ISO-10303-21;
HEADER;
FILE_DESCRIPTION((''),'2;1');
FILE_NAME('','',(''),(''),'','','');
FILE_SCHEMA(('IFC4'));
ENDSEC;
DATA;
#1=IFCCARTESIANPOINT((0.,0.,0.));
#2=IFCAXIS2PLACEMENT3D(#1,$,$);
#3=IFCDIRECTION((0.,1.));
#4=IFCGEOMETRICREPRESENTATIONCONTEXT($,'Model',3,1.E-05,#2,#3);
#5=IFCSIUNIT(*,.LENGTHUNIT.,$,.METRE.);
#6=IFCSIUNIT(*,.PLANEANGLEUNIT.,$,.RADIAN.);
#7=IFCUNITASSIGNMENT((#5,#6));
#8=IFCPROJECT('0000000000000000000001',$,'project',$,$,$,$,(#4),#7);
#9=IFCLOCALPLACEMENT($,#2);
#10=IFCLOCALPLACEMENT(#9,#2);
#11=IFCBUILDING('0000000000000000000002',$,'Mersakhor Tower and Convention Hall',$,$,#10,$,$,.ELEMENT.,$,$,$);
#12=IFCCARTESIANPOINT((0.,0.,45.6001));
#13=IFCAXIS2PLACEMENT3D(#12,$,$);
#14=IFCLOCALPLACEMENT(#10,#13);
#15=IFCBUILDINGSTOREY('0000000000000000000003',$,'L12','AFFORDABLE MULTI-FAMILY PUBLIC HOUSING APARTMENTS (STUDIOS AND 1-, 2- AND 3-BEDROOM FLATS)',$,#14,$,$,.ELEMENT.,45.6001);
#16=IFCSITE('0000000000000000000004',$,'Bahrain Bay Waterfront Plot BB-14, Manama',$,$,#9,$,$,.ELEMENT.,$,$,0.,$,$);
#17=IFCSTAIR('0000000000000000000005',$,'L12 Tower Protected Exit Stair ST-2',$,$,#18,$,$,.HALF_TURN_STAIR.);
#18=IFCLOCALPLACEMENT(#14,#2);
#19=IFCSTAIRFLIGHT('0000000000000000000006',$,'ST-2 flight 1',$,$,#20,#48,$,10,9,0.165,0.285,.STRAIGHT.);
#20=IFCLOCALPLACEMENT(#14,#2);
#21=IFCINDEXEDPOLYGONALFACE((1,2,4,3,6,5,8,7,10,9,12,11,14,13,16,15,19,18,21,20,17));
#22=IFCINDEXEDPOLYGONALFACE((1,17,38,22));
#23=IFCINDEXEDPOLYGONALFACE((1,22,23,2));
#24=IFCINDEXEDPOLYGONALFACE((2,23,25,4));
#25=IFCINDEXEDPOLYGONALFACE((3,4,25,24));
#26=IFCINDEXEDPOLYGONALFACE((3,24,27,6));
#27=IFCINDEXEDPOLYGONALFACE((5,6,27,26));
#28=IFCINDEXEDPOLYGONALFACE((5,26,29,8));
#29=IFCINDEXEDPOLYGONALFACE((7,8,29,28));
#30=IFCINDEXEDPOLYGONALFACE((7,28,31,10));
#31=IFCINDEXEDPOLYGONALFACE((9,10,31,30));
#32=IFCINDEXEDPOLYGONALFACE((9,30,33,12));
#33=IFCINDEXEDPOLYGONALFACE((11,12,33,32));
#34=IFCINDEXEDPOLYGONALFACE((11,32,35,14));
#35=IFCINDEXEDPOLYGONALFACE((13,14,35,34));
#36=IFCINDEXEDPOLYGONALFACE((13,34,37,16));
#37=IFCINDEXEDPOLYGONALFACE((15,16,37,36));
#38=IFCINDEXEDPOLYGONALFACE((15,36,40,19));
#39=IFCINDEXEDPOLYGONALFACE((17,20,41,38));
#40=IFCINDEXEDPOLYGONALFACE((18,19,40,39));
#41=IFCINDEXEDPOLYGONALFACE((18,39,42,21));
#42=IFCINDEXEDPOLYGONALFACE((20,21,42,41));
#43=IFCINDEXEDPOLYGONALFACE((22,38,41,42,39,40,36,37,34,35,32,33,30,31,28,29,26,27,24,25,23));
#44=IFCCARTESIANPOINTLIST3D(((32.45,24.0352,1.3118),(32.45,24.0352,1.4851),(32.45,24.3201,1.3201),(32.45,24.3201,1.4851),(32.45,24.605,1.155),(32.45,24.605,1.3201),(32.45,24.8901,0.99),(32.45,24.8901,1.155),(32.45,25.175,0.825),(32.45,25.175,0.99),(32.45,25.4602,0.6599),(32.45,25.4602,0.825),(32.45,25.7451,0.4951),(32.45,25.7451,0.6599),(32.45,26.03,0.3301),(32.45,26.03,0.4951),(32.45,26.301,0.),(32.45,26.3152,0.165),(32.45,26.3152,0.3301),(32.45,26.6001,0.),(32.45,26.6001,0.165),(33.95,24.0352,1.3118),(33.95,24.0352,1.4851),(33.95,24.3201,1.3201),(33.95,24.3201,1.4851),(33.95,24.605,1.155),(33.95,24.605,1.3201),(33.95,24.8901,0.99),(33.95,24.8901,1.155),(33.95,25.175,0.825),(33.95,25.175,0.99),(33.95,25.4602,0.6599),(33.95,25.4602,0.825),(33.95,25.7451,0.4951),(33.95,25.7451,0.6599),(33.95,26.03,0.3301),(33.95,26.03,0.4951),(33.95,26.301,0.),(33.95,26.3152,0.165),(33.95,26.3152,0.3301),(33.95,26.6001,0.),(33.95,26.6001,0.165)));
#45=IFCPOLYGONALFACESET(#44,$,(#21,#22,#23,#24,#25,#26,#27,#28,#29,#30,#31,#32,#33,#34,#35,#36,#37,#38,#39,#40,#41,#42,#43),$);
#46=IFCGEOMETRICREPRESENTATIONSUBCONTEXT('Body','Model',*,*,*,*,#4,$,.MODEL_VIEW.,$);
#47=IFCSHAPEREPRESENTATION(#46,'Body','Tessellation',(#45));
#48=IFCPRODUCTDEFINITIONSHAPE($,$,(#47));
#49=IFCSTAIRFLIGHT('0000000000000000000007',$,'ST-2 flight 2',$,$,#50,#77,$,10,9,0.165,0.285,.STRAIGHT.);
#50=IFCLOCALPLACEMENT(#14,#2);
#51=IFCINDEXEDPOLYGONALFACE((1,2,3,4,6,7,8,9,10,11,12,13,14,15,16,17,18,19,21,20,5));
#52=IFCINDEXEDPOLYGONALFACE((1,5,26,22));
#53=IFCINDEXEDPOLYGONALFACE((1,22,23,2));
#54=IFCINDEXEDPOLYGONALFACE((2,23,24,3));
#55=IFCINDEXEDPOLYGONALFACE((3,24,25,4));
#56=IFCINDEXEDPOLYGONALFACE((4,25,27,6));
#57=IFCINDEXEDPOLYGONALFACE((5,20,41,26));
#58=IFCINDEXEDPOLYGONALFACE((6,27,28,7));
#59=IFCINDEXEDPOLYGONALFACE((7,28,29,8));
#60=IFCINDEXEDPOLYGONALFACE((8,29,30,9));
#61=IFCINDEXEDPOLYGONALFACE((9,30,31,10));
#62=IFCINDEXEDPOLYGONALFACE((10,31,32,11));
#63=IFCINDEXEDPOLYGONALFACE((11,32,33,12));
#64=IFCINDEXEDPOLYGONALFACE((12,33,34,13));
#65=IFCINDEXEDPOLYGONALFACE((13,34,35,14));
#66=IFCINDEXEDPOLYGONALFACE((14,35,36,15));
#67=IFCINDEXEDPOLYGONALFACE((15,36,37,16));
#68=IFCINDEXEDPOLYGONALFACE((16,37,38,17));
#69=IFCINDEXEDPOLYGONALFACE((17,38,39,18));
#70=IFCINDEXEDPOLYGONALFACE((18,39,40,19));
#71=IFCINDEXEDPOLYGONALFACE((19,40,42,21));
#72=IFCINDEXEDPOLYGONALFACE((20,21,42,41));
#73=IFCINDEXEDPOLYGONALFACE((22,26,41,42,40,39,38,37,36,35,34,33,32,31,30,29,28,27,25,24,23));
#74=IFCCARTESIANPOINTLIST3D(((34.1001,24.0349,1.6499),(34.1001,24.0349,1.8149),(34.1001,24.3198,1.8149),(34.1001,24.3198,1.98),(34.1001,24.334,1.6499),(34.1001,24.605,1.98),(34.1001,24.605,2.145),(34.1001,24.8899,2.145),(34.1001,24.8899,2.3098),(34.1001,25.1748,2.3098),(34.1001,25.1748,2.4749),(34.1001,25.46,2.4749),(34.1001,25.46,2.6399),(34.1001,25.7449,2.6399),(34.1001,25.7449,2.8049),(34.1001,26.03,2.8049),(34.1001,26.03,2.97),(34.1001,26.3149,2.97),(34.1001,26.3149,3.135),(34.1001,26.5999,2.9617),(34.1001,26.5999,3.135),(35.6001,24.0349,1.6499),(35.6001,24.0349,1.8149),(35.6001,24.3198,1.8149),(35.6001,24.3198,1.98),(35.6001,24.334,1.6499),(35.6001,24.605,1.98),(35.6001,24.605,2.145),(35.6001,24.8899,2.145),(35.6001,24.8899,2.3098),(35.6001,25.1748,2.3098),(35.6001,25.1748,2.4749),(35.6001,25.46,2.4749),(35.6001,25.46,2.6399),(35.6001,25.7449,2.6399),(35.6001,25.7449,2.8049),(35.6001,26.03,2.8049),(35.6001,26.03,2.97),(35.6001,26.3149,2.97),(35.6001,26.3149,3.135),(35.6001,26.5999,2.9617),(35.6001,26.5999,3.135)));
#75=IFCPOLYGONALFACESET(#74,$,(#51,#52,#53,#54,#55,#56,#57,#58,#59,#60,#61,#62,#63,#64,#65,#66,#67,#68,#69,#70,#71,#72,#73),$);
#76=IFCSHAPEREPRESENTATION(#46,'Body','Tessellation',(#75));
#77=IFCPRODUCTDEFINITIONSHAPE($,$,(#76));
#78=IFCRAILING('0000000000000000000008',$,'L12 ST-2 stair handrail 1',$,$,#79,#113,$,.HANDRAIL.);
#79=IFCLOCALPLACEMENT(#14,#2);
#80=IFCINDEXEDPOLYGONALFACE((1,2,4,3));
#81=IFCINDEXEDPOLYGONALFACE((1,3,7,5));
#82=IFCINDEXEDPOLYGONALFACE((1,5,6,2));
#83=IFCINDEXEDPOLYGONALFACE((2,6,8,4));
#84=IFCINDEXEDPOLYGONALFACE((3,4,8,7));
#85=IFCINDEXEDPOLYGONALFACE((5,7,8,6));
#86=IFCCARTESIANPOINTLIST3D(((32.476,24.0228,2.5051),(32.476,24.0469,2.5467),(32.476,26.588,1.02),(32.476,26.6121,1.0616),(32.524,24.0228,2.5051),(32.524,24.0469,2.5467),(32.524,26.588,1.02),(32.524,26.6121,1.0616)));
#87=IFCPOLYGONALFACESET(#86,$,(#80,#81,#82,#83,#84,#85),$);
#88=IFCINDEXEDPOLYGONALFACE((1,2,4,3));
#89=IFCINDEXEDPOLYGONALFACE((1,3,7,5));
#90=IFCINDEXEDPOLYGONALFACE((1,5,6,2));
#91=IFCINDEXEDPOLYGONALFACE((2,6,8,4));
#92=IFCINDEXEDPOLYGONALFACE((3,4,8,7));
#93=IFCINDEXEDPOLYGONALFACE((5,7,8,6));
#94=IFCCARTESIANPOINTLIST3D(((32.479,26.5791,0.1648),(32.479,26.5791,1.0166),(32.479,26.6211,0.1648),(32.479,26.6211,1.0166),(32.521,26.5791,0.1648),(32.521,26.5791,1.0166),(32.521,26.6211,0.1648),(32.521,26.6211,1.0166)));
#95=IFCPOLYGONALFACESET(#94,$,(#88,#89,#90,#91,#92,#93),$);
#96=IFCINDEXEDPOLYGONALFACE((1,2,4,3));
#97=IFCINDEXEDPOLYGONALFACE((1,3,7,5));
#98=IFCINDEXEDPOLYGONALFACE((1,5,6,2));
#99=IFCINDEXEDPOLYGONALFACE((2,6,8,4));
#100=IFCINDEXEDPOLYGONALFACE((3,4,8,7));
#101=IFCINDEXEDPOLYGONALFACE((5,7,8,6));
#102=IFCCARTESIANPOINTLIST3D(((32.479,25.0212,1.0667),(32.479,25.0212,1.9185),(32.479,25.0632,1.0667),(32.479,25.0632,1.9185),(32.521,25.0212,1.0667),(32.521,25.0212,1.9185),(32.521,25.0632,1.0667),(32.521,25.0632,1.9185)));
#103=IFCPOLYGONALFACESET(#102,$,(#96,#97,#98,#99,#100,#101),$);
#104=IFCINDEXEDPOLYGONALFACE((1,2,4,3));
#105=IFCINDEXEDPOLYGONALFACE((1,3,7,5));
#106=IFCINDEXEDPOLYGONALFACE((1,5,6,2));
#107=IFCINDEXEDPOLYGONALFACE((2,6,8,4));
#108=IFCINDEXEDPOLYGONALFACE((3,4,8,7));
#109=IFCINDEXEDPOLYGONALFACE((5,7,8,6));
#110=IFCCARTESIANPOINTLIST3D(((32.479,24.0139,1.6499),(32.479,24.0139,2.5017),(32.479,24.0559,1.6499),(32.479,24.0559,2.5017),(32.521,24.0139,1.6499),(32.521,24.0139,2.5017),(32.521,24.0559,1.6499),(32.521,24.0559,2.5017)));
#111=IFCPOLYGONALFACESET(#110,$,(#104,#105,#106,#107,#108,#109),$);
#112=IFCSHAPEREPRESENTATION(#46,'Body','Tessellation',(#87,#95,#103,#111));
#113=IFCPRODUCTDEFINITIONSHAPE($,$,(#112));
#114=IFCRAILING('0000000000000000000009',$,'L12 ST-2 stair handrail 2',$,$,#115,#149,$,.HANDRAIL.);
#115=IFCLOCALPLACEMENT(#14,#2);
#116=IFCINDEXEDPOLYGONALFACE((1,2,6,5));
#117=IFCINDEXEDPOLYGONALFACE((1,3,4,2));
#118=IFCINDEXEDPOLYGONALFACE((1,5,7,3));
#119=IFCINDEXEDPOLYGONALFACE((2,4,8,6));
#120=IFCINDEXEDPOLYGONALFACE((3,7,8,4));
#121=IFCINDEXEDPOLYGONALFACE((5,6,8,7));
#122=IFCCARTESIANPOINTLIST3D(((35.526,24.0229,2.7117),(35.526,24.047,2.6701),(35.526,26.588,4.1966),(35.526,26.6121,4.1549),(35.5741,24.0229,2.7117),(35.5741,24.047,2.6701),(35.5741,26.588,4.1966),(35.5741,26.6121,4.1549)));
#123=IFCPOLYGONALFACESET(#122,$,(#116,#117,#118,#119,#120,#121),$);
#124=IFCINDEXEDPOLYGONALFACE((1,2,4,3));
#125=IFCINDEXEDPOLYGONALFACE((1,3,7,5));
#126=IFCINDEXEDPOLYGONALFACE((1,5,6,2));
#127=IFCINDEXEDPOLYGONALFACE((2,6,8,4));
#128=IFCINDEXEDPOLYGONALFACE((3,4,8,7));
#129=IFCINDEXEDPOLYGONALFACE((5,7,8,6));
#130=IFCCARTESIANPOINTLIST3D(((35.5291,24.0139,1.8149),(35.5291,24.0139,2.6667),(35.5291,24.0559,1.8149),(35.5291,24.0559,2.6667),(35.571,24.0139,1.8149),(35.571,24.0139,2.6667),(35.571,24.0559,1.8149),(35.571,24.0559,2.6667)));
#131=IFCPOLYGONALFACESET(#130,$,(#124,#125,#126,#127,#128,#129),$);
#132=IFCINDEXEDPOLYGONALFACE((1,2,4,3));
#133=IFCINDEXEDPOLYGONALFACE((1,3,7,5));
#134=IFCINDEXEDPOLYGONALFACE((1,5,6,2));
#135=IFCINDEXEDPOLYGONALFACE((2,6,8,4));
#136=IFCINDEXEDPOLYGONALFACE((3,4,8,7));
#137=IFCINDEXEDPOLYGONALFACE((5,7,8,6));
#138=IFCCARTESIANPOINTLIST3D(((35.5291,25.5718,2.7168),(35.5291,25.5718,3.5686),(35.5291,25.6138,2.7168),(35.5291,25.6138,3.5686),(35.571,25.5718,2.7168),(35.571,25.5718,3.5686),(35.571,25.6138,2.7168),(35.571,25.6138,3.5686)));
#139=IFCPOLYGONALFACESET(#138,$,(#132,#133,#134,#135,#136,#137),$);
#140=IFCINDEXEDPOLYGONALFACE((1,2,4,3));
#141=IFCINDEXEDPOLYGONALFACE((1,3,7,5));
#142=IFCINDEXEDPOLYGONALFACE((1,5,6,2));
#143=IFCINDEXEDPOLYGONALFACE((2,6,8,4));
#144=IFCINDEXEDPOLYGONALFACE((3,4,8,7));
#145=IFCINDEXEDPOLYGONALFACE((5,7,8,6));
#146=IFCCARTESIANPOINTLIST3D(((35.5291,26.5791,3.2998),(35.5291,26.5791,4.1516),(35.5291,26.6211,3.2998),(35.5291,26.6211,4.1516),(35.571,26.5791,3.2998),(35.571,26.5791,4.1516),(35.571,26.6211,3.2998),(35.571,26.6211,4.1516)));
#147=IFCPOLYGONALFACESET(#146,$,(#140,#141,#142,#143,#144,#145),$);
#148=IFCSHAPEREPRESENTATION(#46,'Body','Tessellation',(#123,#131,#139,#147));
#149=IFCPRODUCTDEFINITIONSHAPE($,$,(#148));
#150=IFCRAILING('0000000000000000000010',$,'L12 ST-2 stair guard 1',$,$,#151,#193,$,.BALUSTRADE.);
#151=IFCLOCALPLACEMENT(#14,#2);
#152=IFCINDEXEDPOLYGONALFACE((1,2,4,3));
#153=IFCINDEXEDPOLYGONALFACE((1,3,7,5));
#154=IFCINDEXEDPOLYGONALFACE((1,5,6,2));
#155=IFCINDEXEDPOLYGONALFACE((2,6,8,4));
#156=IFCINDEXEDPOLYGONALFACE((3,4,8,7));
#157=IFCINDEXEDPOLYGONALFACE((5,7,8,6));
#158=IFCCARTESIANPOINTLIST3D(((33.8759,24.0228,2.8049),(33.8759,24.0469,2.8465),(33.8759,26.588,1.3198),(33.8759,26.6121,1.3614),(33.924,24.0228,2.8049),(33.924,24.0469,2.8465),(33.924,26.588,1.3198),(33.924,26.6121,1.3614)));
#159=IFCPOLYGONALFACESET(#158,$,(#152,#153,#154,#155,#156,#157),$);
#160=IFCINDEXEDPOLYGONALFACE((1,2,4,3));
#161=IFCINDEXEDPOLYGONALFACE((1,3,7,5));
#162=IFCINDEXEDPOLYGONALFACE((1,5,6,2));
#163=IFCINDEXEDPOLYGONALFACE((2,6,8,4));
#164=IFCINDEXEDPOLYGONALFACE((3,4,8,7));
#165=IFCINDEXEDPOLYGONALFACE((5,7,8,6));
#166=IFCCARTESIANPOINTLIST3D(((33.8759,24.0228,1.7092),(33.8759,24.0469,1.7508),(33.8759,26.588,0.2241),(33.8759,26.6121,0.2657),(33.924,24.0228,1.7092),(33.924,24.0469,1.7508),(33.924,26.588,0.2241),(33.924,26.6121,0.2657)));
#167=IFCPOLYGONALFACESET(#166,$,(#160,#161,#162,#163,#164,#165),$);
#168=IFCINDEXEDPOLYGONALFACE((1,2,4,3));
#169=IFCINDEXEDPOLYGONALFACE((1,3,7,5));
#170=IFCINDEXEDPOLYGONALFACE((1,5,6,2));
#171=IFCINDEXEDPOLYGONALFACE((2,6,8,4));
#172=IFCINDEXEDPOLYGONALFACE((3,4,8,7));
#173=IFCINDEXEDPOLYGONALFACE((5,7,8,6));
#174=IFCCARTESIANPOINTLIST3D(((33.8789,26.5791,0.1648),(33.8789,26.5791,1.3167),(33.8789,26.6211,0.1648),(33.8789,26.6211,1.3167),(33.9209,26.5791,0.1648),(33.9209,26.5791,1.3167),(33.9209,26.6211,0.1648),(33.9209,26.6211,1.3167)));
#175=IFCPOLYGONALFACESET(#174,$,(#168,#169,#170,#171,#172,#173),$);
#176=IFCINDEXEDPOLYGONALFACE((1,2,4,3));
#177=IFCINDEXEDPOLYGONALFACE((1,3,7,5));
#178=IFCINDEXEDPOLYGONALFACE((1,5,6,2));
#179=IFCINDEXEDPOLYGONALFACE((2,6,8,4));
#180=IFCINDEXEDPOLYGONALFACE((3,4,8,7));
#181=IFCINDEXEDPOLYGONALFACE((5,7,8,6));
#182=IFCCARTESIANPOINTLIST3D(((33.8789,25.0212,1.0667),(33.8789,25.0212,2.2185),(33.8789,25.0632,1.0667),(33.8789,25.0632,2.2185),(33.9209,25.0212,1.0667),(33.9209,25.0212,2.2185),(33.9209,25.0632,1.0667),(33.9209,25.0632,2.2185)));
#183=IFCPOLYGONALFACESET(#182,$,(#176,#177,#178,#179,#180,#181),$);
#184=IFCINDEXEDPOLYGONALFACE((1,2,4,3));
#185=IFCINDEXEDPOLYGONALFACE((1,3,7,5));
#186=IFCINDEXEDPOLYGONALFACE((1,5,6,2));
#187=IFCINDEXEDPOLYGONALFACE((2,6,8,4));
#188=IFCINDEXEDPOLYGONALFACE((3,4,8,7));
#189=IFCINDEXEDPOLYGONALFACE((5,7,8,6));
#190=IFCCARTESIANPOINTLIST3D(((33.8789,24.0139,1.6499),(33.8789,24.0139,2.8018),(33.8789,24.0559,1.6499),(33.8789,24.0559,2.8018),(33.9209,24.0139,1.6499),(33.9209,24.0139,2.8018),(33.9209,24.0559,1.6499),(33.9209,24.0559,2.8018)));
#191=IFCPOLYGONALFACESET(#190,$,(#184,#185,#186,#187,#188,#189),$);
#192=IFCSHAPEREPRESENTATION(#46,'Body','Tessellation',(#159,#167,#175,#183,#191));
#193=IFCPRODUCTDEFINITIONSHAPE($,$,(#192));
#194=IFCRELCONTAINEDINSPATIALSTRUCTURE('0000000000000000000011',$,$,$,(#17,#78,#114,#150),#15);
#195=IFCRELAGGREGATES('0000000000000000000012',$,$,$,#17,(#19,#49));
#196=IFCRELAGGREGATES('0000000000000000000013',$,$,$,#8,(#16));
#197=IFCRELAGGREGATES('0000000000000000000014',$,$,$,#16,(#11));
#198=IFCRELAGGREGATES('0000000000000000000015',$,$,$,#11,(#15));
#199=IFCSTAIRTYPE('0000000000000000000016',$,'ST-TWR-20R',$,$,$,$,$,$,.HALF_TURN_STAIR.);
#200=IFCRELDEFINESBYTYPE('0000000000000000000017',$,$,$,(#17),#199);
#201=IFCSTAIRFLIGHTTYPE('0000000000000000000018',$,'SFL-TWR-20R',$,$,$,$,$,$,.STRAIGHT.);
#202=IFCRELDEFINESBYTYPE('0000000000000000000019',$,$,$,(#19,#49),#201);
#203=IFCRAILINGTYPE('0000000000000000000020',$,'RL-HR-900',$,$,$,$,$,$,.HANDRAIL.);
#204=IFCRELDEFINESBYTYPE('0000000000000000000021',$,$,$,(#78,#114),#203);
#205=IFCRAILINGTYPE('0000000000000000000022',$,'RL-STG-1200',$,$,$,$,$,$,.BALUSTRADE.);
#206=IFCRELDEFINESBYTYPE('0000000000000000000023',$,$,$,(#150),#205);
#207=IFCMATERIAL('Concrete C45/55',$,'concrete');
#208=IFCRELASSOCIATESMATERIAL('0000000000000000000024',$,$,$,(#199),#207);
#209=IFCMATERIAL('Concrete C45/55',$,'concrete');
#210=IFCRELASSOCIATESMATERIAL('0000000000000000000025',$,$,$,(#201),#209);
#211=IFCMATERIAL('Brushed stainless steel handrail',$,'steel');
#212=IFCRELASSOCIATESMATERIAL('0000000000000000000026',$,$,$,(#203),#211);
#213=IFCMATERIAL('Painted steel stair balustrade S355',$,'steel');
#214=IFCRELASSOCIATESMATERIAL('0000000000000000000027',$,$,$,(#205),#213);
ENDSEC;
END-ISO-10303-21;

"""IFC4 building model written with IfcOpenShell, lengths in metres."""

from ifc_helpers import new_model, si_unit, direction, frame, origin, origin_2d, place, context, subcontext, project, spatial, polyline, rectangle, outline, extrude, material, type_object, element, aggregate, save


model = new_model("IFC4")

# Units and contexts
model_context = context("Model", 3, precision=1e-05, world=origin(), true_north=direction((0.0, 1.0)))
body_context = subcontext(model_context, "Body", "Model", "MODEL_VIEW")
ifc_project = project(units=[si_unit("LENGTHUNIT", "METRE"), si_unit("PLANEANGLEUNIT", "RADIAN")], contexts=[model_context])

# Site, building, storey
site_placement = place(None, origin())
site = spatial("IfcSite", under=ifc_project, at=site_placement, Name="Bahrain Bay Waterfront Plot BB-14, Manama", CompositionType="ELEMENT", RefElevation=0.0)
building_placement = place(site_placement, origin())
building = spatial("IfcBuilding", under=site, at=building_placement, Name="Mersakhor Tower and Convention Hall", CompositionType="ELEMENT")
storey_placement = place(building_placement, frame((0.0, 0.0, 45.6001)))
storey = spatial("IfcBuildingStorey", under=building, at=storey_placement, Name="L12", Description="AFFORDABLE MULTI-FAMILY PUBLIC HOUSING APARTMENTS (STUDIOS AND 1-, 2- AND 3-BEDROOM FLATS)", CompositionType="ELEMENT", Elevation=45.6001)

# Stair, stair flights
ifc_material_1 = material(Name="Concrete C45/55", Category="concrete")
stair_type = type_object("IfcStairType", Name="ST-TWR-20R", PredefinedType="HALF_TURN_STAIR", material=ifc_material_1)
stair_placement = place(storey_placement, origin())
stair = element("IfcStair", 1, at=stair_placement, inside=storey, type_object=stair_type, Name="L12 Tower Protected Exit Stair ST-2", PredefinedType="HALF_TURN_STAIR")
ifc_material_2 = material(Name="Concrete C45/55", Category="concrete")
stair_flight_type = type_object("IfcStairFlightType", Name="SFL-TWR-20R", PredefinedType="STRAIGHT", material=ifc_material_2)
stair_flight_1_placement = place(storey_placement, frame((33.2, 26.6001, 0.0), z_axis=(0.0, 0.0, 1.0), x_axis=(0.0, -1.0, 0.0)))
stair_flight_1 = element("IfcStairFlight", 2, at=stair_flight_1_placement, type_object=stair_flight_type, Name="ST-2 flight 1", NumberOfRisers=10, NumberOfTreads=9, PredefinedType="STRAIGHT", RiserHeight=0.165, TreadLength=0.285, context=body_context, shape_type="SweptSolid", body=[
    extrude(outline(polyline([(0.0, 0.0), (0.0, 0.165), (0.2849, 0.165), (0.2849, 0.3301), (0.5701, 0.3301), (0.5701, 0.4951), (0.855, 0.4951), (0.855, 0.6599), (1.1399, 0.6599), (1.1399, 0.825), (1.425, 0.825), (1.425, 0.99), (1.71, 0.99), (1.71, 1.155), (1.9951, 1.155), (1.9951, 1.3201), (2.28, 1.3201), (2.28, 1.4851), (2.5649, 1.4851), (2.5649, 1.6499), (2.5649, 1.3118), (0.2991, 0.0), (0.0, 0.0)])), frame((0.0, 0.75, 0.0), z_axis=(0.0, -1.0, 0.0), x_axis=(1.0, 0.0, 0.0)), (0.0, 0.0, 1.0), 1.5),
])
stair_flight_2_placement = place(storey_placement, frame((34.8501, 24.0349, 1.6499), z_axis=(0.0, 0.0, 1.0), x_axis=(0.0, 1.0, 0.0)))
stair_flight_2 = element("IfcStairFlight", 3, at=stair_flight_2_placement, type_object=stair_flight_type, Name="ST-2 flight 2", NumberOfRisers=10, NumberOfTreads=9, PredefinedType="STRAIGHT", RiserHeight=0.165, TreadLength=0.285, context=body_context, shape_type="SweptSolid", body=[
    extrude(outline(polyline([(0.0, 0.0), (0.0, 0.165), (0.2849, 0.165), (0.2849, 0.3301), (0.5701, 0.3301), (0.5701, 0.4951), (0.855, 0.4951), (0.855, 0.6599), (1.1399, 0.6599), (1.1399, 0.825), (1.425, 0.825), (1.425, 0.99), (1.71, 0.99), (1.71, 1.155), (1.9951, 1.155), (1.9951, 1.3201), (2.28, 1.3201), (2.28, 1.4851), (2.5649, 1.4851), (2.5649, 1.6499), (2.5649, 1.3118), (0.2991, 0.0), (0.0, 0.0)])), frame((0.0, 0.75, 0.0), z_axis=(0.0, -1.0, 0.0), x_axis=(1.0, 0.0, 0.0)), (0.0, 0.0, 1.0), 1.5),
])
aggregate(stair, [stair_flight_1, stair_flight_2])

# Railings
ifc_material_3 = material(Name="Brushed stainless steel handrail", Category="steel")
railing_type_1 = type_object("IfcRailingType", Name="RL-HR-900", PredefinedType="HANDRAIL", material=ifc_material_3)
railing_1_placement = place(storey_placement, frame((32.5, 26.6001, 0.1648)))
element("IfcRailing", 4, at=railing_1_placement, inside=storey, type_object=railing_type_1, Name="L12 ST-2 stair handrail 1", PredefinedType="HANDRAIL", context=body_context, shape_type="SweptSolid", body=[
    extrude(rectangle(XDim=0.0481, YDim=0.0481, at=origin_2d()), frame((0.0, 0.0, 0.876), z_axis=(0.0, -0.865426, 0.501036), x_axis=(1.0, 0.0, 0.0)), (0.0, 0.0, 1.0), 2.9641),
    extrude(rectangle(XDim=0.042, YDim=0.042, at=origin_2d()), origin(), (0.0, 0.0, 1.0), 0.8518),
    extrude(rectangle(XDim=0.042, YDim=0.042, at=origin_2d()), frame((0.0, -1.5579, 0.9019)), (0.0, 0.0, 1.0), 0.8518),
    extrude(rectangle(XDim=0.042, YDim=0.042, at=origin_2d()), frame((0.0, -2.5652, 1.4851)), (0.0, 0.0, 1.0), 0.8518),
])
railing_2_placement = place(storey_placement, frame((35.55, 24.0349, 1.8149)))
element("IfcRailing", 5, at=railing_2_placement, inside=storey, type_object=railing_type_1, Name="L12 ST-2 stair handrail 2", PredefinedType="HANDRAIL", context=body_context, shape_type="SweptSolid", body=[
    extrude(rectangle(XDim=0.0481, YDim=0.0481, at=origin_2d()), frame((0.0, 0.0, 0.876), z_axis=(0.0, 0.865462, 0.500975), x_axis=(-1.0, 0.0, 0.0)), (0.0, 0.0, 1.0), 2.9639),
    extrude(rectangle(XDim=0.042, YDim=0.042, at=origin_2d()), origin(), (0.0, 0.0, 1.0), 0.8518),
    extrude(rectangle(XDim=0.042, YDim=0.042, at=origin_2d()), frame((0.0, 1.5579, 0.9019)), (0.0, 0.0, 1.0), 0.8518),
    extrude(rectangle(XDim=0.042, YDim=0.042, at=origin_2d()), frame((0.0, 2.5652, 1.4849)), (0.0, 0.0, 1.0), 0.8518),
])
ifc_material_4 = material(Name="Painted steel stair balustrade S355", Category="steel")
railing_type_2 = type_object("IfcRailingType", Name="RL-STG-1200", PredefinedType="BALUSTRADE", material=ifc_material_4)
railing_3_placement = place(storey_placement, frame((33.8999, 26.6001, 0.1648)))
element("IfcRailing", 6, at=railing_3_placement, inside=storey, type_object=railing_type_2, Name="L12 ST-2 stair guard 1", PredefinedType="BALUSTRADE", context=body_context, shape_type="SweptSolid", body=[
    extrude(rectangle(XDim=0.0481, YDim=0.0481, at=origin_2d()), frame((0.0, 0.0, 1.1758), z_axis=(0.0, -0.865426, 0.501036), x_axis=(1.0, 0.0, 0.0)), (0.0, 0.0, 1.0), 2.9641),
    extrude(rectangle(XDim=0.0481, YDim=0.0481, at=origin_2d()), frame((0.0, 0.0, 0.0801), z_axis=(0.0, -0.865426, 0.501036), x_axis=(1.0, 0.0, 0.0)), (0.0, 0.0, 1.0), 2.9641),
    extrude(rectangle(XDim=0.042, YDim=0.042, at=origin_2d()), origin(), (0.0, 0.0, 1.0), 1.1519),
    extrude(rectangle(XDim=0.042, YDim=0.042, at=origin_2d()), frame((0.0, -1.5579, 0.9019)), (0.0, 0.0, 1.0), 1.1519),
    extrude(rectangle(XDim=0.042, YDim=0.042, at=origin_2d()), frame((0.0, -2.5652, 1.4851)), (0.0, 0.0, 1.0), 1.1519),
])

save(model, "model.ifc")
